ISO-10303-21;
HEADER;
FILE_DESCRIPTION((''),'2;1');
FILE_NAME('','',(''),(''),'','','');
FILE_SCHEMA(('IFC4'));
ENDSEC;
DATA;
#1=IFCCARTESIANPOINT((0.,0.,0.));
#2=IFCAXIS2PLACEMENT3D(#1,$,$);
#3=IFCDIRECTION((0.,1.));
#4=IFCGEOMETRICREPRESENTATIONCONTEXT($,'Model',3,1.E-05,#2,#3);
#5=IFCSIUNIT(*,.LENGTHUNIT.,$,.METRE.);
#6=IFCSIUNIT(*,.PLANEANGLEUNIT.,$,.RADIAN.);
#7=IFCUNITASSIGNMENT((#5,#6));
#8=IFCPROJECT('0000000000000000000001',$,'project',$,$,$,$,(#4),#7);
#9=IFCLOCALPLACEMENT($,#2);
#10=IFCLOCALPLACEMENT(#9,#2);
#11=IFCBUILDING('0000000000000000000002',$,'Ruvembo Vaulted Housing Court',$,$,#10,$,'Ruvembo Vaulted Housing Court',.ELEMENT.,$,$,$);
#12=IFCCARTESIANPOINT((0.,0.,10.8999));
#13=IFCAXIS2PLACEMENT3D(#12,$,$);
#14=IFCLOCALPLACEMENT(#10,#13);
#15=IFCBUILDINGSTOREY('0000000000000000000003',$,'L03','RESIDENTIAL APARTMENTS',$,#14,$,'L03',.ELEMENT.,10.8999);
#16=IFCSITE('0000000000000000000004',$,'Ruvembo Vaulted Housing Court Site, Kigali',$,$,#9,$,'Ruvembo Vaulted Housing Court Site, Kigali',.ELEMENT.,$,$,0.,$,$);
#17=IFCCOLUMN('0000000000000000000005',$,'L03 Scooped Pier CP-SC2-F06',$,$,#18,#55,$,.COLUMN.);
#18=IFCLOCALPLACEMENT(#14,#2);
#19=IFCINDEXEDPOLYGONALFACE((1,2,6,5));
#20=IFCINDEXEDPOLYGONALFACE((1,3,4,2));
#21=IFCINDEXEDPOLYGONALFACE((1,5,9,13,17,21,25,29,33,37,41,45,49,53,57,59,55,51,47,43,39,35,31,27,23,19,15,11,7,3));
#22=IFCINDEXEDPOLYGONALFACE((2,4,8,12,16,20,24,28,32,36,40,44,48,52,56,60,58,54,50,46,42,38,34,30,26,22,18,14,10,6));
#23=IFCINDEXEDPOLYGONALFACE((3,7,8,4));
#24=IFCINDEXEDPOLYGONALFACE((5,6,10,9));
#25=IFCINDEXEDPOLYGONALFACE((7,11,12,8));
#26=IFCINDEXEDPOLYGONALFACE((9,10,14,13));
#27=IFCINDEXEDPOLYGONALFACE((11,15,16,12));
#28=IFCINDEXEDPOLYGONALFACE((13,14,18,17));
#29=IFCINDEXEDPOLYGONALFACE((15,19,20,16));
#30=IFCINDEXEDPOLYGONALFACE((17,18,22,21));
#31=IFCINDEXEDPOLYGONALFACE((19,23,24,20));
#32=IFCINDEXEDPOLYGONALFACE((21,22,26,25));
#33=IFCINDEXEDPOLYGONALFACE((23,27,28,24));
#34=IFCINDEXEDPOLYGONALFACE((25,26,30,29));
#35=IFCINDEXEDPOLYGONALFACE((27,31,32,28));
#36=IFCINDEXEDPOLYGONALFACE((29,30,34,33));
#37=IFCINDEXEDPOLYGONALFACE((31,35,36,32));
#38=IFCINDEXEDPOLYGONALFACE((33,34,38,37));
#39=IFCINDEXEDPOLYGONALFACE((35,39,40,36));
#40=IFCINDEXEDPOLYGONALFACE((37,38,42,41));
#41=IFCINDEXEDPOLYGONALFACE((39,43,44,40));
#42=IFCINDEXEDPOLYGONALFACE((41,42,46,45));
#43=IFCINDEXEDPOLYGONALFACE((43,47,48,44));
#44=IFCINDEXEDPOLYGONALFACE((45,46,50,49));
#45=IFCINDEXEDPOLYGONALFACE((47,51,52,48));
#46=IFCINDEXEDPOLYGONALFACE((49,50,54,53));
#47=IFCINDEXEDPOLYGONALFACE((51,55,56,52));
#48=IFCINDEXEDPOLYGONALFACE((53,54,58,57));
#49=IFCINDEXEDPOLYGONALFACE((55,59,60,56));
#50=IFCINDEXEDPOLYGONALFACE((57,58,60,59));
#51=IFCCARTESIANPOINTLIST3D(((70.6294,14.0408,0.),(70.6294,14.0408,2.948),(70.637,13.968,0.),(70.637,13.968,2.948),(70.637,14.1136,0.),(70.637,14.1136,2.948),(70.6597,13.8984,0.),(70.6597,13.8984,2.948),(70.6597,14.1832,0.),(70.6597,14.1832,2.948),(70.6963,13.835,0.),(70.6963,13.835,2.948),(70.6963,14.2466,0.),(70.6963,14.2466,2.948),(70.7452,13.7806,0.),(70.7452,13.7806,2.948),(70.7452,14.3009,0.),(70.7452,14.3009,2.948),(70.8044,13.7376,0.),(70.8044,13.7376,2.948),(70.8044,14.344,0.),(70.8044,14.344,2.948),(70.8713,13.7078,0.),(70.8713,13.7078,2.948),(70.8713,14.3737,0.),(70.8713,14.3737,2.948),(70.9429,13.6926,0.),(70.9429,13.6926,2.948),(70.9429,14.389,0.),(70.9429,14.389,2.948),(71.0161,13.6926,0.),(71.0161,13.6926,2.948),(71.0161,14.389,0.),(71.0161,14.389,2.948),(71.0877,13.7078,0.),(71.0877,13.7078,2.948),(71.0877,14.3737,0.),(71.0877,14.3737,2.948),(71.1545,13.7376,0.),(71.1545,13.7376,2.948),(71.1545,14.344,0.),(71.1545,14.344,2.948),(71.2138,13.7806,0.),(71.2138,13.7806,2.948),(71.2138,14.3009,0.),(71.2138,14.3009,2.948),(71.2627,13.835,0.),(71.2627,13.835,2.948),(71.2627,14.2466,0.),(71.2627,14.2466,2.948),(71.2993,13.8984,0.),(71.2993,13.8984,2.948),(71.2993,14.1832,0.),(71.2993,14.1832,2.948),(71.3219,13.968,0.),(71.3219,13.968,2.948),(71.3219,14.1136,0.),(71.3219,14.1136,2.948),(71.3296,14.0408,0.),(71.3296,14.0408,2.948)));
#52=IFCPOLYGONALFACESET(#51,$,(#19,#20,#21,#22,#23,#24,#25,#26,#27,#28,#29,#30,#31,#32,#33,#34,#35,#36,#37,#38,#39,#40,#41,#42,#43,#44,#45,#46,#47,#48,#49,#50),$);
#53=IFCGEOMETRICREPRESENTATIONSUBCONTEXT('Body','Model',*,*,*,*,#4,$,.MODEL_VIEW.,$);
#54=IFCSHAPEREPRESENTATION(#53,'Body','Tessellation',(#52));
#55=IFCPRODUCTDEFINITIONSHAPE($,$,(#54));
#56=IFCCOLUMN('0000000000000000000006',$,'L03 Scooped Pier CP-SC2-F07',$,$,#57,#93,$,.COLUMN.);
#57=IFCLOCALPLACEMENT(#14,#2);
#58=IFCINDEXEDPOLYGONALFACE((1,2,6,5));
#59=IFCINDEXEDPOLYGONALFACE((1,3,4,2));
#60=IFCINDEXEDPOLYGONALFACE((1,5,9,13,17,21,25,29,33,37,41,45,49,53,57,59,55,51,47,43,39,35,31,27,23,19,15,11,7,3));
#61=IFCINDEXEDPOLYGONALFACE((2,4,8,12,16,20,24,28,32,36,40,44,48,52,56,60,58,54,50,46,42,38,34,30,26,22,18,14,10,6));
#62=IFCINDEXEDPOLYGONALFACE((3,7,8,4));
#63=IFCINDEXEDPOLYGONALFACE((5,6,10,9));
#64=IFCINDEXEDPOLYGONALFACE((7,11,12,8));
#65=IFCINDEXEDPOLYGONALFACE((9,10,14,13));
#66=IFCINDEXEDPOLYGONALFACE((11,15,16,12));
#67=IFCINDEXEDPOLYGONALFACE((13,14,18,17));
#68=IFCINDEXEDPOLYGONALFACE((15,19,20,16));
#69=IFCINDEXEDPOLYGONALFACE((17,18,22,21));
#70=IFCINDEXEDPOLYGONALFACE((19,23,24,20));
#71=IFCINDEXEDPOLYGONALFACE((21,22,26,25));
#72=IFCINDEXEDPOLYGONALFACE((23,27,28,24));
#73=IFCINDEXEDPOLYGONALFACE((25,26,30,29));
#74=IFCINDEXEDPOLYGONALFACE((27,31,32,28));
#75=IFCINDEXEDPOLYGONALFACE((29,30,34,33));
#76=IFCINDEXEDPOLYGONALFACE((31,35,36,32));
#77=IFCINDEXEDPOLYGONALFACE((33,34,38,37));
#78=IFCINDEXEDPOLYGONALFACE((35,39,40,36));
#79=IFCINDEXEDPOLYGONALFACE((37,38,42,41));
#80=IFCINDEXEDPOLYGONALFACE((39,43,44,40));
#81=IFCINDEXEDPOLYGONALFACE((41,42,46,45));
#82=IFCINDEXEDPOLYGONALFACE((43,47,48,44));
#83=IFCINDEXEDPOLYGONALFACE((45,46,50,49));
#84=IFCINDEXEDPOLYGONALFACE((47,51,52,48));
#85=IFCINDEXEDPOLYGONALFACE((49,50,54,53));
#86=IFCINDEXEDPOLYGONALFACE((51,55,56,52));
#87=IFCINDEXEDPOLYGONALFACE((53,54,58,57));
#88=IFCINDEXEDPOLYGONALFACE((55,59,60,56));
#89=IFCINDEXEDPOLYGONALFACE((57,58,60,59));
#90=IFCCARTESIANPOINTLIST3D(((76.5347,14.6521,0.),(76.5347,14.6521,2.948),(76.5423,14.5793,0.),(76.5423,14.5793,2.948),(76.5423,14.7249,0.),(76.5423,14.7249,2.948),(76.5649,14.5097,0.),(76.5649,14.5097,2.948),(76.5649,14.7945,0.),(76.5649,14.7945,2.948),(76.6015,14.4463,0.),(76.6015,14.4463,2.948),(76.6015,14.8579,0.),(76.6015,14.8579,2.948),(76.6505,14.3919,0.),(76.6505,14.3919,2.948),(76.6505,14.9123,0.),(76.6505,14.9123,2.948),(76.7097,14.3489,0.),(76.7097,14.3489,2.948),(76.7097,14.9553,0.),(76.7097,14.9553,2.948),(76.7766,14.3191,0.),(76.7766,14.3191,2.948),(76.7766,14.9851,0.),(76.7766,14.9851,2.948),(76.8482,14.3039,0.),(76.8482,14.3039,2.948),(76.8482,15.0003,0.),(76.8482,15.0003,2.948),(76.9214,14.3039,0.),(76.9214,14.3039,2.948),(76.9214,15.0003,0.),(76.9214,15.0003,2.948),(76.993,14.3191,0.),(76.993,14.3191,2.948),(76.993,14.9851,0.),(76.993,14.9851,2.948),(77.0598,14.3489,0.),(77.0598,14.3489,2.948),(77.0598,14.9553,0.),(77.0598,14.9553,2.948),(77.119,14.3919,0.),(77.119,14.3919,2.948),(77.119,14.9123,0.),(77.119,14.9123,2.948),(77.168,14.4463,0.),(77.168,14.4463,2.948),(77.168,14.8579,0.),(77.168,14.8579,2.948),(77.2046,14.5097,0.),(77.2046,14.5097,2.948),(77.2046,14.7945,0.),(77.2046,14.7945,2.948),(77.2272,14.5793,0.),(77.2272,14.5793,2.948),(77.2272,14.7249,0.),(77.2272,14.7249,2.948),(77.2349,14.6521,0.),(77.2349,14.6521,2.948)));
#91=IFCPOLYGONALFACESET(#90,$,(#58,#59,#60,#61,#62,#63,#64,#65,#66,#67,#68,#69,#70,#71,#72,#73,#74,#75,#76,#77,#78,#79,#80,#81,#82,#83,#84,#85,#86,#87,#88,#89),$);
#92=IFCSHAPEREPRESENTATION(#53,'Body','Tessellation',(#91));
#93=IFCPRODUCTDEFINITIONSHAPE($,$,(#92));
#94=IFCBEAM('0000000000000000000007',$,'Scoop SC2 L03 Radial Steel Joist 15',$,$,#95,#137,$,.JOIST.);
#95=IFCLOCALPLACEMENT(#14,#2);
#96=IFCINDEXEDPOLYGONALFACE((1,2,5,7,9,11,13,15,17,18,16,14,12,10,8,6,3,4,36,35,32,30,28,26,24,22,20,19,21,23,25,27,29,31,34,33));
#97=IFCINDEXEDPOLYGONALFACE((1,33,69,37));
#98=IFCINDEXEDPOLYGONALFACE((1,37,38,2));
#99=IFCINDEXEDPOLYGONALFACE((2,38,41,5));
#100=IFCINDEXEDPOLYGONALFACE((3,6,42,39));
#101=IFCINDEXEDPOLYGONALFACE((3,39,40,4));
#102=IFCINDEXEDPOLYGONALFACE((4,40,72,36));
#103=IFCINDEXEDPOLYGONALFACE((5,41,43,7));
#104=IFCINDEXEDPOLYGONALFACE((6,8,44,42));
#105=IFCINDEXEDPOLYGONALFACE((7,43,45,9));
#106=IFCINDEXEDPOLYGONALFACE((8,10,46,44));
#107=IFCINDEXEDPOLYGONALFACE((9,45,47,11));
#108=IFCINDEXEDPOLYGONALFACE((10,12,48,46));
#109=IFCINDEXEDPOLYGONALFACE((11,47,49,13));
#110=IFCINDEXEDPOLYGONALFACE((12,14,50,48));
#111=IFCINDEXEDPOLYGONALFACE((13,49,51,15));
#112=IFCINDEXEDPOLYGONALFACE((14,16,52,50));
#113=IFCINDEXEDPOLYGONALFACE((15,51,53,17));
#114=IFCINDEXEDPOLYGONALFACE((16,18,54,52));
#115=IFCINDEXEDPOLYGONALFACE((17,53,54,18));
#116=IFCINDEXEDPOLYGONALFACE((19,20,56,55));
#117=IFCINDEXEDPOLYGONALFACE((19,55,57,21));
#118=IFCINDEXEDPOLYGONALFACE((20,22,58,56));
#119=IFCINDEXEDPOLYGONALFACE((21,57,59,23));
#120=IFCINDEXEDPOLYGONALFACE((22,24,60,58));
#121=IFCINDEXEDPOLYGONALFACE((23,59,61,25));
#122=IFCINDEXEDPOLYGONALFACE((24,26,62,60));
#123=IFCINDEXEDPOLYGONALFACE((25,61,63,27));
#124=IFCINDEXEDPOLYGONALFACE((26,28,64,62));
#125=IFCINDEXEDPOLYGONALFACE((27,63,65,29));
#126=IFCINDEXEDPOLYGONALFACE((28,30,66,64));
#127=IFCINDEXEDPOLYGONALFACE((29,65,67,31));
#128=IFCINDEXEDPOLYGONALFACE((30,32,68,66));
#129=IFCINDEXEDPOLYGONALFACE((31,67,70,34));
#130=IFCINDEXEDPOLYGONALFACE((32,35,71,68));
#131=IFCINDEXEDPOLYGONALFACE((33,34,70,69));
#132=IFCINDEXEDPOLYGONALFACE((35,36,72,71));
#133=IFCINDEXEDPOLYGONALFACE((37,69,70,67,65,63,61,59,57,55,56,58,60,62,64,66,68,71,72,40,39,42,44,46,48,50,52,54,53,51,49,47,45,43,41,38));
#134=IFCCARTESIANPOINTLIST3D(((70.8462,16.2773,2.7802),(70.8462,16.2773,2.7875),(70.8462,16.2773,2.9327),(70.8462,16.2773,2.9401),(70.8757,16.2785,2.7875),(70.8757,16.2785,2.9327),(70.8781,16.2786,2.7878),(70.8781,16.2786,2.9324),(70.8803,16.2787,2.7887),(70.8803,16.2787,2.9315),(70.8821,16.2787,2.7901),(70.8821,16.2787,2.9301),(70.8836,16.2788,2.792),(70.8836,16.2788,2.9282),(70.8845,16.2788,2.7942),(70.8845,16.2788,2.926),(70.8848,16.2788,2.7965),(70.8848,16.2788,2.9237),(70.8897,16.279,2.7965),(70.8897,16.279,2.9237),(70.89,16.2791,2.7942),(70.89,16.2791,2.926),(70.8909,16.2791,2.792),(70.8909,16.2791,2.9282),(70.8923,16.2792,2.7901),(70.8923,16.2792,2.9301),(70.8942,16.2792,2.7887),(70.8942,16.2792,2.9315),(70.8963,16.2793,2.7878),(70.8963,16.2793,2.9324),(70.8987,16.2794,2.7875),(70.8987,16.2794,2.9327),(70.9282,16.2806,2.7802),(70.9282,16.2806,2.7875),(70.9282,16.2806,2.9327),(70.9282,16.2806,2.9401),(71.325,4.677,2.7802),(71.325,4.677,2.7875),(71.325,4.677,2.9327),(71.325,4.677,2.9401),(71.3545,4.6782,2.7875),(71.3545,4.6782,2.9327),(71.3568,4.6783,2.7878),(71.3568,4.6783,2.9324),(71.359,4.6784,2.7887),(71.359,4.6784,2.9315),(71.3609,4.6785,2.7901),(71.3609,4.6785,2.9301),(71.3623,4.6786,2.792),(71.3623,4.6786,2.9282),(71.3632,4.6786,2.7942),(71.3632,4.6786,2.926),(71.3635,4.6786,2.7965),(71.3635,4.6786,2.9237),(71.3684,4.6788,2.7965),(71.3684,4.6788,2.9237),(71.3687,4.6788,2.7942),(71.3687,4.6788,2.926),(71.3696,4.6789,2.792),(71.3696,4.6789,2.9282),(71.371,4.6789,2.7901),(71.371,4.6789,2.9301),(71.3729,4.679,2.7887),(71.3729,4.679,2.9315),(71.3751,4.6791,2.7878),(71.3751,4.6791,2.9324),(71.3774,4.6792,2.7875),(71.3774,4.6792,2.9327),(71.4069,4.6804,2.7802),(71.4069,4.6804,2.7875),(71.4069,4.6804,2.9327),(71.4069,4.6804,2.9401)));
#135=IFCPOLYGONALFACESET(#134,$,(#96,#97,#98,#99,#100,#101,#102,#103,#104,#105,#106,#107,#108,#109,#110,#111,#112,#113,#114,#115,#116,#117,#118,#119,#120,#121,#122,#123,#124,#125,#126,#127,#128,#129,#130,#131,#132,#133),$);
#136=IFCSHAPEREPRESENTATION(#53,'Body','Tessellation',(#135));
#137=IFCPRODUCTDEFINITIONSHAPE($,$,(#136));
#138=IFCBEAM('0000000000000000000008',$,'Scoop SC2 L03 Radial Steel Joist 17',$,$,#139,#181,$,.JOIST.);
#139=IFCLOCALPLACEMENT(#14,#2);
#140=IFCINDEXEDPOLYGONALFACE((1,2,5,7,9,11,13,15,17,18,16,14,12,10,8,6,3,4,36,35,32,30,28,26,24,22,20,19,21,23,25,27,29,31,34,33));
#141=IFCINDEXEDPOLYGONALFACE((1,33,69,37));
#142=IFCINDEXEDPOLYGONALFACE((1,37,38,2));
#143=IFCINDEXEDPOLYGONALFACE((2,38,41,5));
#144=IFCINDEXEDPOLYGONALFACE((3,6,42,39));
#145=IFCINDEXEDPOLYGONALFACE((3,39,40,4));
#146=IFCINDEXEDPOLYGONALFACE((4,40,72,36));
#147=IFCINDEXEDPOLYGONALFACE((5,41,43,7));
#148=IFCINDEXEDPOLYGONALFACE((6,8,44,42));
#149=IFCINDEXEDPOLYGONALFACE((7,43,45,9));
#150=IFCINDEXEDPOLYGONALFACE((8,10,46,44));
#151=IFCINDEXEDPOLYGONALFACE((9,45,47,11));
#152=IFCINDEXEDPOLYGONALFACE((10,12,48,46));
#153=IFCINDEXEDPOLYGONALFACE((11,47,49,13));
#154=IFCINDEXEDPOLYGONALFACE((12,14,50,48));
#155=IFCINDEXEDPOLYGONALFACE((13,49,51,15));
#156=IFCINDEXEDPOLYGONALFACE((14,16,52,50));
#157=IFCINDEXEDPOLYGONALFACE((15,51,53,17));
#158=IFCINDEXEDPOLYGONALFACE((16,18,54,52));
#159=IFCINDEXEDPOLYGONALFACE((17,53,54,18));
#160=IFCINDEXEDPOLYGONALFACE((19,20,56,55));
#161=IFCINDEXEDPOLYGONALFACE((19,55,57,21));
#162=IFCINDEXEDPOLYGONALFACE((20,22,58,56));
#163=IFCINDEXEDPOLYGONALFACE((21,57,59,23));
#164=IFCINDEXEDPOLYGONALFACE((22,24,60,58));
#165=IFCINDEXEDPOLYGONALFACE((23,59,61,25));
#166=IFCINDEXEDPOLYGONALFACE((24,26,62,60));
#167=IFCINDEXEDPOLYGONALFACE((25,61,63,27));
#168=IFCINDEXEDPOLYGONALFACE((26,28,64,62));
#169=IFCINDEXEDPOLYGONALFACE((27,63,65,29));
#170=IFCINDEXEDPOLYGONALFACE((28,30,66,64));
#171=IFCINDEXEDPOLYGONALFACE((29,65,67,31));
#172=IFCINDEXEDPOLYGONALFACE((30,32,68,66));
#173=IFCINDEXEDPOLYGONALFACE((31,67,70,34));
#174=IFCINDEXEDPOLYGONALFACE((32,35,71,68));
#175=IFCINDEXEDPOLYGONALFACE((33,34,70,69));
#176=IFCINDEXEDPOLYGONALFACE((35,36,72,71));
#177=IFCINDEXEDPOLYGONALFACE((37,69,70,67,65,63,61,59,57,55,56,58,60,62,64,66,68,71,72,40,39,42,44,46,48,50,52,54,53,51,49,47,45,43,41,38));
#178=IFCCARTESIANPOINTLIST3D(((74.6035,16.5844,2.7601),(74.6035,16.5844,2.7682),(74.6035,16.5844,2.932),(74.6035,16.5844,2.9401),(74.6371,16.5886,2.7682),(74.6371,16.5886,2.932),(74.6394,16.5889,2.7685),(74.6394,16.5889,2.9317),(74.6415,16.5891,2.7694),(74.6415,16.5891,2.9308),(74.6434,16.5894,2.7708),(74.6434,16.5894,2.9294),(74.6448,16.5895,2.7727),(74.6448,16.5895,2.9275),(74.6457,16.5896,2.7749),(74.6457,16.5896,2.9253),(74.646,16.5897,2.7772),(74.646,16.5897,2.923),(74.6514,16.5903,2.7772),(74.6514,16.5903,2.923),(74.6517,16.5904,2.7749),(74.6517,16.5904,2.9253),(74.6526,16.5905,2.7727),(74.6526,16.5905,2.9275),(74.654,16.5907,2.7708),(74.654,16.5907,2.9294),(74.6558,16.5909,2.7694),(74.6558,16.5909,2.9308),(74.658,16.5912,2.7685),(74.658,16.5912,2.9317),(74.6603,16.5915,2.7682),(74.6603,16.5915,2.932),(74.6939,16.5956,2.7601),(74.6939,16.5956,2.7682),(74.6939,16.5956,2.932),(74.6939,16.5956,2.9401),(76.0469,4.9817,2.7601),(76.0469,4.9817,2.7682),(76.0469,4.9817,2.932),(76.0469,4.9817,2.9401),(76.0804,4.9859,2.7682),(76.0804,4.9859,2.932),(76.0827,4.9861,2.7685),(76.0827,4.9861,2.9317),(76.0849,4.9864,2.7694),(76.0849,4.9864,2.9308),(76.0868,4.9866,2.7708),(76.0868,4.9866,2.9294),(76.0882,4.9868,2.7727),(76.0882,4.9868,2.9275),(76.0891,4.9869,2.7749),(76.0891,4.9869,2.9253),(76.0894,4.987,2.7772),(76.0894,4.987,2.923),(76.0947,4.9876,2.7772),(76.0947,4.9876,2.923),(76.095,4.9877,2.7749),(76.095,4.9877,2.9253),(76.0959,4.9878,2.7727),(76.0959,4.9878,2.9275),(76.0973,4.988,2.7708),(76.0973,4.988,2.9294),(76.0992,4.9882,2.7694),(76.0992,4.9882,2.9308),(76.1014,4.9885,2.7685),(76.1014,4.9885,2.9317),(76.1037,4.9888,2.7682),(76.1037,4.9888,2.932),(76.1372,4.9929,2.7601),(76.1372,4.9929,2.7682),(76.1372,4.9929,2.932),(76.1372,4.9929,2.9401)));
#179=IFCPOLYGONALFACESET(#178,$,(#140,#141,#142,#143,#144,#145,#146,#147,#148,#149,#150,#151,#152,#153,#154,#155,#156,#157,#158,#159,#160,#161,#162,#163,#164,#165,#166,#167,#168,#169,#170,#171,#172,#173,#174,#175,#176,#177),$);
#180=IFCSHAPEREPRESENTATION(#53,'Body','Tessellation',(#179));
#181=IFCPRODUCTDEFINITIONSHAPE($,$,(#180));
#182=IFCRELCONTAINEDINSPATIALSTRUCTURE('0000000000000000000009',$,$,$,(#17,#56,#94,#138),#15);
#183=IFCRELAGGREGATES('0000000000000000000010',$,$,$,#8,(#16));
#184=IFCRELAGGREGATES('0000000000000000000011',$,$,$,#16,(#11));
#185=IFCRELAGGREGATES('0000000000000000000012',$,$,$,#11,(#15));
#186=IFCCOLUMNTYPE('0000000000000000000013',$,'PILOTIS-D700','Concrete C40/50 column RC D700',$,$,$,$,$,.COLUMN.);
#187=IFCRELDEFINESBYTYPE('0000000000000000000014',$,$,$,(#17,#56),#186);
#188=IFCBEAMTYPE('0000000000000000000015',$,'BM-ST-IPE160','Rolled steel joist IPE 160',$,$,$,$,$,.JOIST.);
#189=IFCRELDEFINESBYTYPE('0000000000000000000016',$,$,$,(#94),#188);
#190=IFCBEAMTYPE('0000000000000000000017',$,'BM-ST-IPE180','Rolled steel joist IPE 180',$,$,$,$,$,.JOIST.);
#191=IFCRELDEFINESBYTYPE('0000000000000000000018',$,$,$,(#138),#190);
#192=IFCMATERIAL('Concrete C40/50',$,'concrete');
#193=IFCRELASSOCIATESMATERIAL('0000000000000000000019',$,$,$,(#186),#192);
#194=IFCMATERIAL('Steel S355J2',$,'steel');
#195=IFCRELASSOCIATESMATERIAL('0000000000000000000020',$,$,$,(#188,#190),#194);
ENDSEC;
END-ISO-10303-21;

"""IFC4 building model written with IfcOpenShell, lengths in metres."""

from ifc_helpers import new_model, si_unit, direction, frame, origin, origin_2d, place, context, subcontext, project, spatial, circle, i_section, extrude, material, material_profile, profile_set, type_object, element, save


model = new_model("IFC4")

# Units and contexts
model_context = context("Model", 3, precision=1e-05, world=origin(), true_north=direction((0.0, 1.0)))
body_context = subcontext(model_context, "Body", "Model", "MODEL_VIEW")
ifc_project = project(units=[si_unit("LENGTHUNIT", "METRE"), si_unit("PLANEANGLEUNIT", "RADIAN")], contexts=[model_context])

# Site, building, storey
site_placement = place(None, origin())
site = spatial("IfcSite", under=ifc_project, at=site_placement, Name="Ruvembo Vaulted Housing Court Site, Kigali", LongName="Ruvembo Vaulted Housing Court Site, Kigali", CompositionType="ELEMENT", RefElevation=0.0)
building_placement = place(site_placement, origin())
building = spatial("IfcBuilding", under=site, at=building_placement, Name="Ruvembo Vaulted Housing Court", LongName="Ruvembo Vaulted Housing Court", CompositionType="ELEMENT")
storey_placement = place(building_placement, frame((0.0, 0.0, 10.8999)))
storey = spatial("IfcBuildingStorey", under=building, at=storey_placement, Name="L03", Description="RESIDENTIAL APARTMENTS", LongName="L03", CompositionType="ELEMENT", Elevation=10.8999)

# Columns
ifc_material_1 = material(Name="Concrete C40/50", Category="concrete")
ifc_material_profile_1 = material_profile(ifc_material_1, circle(Radius=0.3501, at=origin_2d()), Name="RC D700")
ifc_profile_set_1 = profile_set([ifc_material_profile_1], Name="Concrete C40/50")
column_type = type_object("IfcColumnType", Name="PILOTIS-D700", Description="Concrete C40/50 column RC D700", PredefinedType="COLUMN", material=ifc_profile_set_1)
for number, where, z_axis, x_axis, name in (
    (1, (70.9795, 14.0408, 0.0), (0.0, 0.0, 1.0), (1.0, 0.0, 0.0), "L03 Scooped Pier CP-SC2-F06"),
    (2, (76.8848, 14.6521, 0.0), (0.0, 0.0, 1.0), (1.0, 0.0, 0.0), "L03 Scooped Pier CP-SC2-F07"),
):
    element("IfcColumn", number, at=place(storey_placement, frame(where, z_axis=z_axis, x_axis=x_axis)), inside=storey, type_object=column_type, Name=name, PredefinedType="COLUMN", context=body_context, shape_type="SweptSolid", body=[
        extrude(circle(Radius=0.3501, at=origin_2d()), origin(), (0.0, 0.0, 1.0), 2.948),
    ])

# Beams
ifc_material_2 = material(Name="Steel S355J2", Category="steel")
ifc_material_profile_2 = material_profile(ifc_material_2, i_section(OverallWidth=0.082, OverallDepth=0.1599, WebThickness=0.0049, FlangeThickness=0.0073, FilletRadius=0.009, at=origin_2d()), Name="IPE 160")
ifc_profile_set_2 = profile_set([ifc_material_profile_2], Name="Steel S355J2")
beam_type_1 = type_object("IfcBeamType", Name="BM-ST-IPE160", Description="Rolled steel joist IPE 160", PredefinedType="JOIST", material=ifc_profile_set_2)
beam_1_placement = place(storey_placement, frame((71.366, 4.6787, 2.8601), z_axis=(-0.041236, 0.999149, 0.0), x_axis=(-0.999149, -0.041236, 0.0)))
element("IfcBeam", 3, at=beam_1_placement, inside=storey, type_object=beam_type_1, Name="Scoop SC2 L03 Radial Steel Joist 15", PredefinedType="JOIST", context=body_context, shape_type="SweptSolid", body=[
    extrude(i_section(OverallWidth=0.082, OverallDepth=0.1599, WebThickness=0.0049, FlangeThickness=0.0073, FilletRadius=0.009, at=origin_2d()), origin(), (0.0, 0.0, 1.0), 11.6101),
])
ifc_material_profile_3 = material_profile(ifc_material_2, i_section(OverallWidth=0.0911, OverallDepth=0.1799, WebThickness=0.0054, FlangeThickness=0.0081, FilletRadius=0.009, at=origin_2d()), Name="IPE 180")
ifc_profile_set_3 = profile_set([ifc_material_profile_3], Name="Steel S355J2")
beam_type_2 = type_object("IfcBeamType", Name="BM-ST-IPE180", Description="Rolled steel joist IPE 180", PredefinedType="JOIST", material=ifc_profile_set_3)
beam_2_placement = place(storey_placement, frame((76.092, 4.9873, 2.8501), z_axis=(-0.123446, 0.992351, 0.0), x_axis=(-0.992351, -0.123446, 0.0)))
element("IfcBeam", 4, at=beam_2_placement, inside=storey, type_object=beam_type_2, Name="Scoop SC2 L03 Radial Steel Joist 17", PredefinedType="JOIST", context=body_context, shape_type="SweptSolid", body=[
    extrude(i_section(OverallWidth=0.0911, OverallDepth=0.1799, WebThickness=0.0054, FlangeThickness=0.0081, FilletRadius=0.009, at=origin_2d()), origin(), (0.0, 0.0, 1.0), 11.6921),
])

save(model, "model.ifc")
